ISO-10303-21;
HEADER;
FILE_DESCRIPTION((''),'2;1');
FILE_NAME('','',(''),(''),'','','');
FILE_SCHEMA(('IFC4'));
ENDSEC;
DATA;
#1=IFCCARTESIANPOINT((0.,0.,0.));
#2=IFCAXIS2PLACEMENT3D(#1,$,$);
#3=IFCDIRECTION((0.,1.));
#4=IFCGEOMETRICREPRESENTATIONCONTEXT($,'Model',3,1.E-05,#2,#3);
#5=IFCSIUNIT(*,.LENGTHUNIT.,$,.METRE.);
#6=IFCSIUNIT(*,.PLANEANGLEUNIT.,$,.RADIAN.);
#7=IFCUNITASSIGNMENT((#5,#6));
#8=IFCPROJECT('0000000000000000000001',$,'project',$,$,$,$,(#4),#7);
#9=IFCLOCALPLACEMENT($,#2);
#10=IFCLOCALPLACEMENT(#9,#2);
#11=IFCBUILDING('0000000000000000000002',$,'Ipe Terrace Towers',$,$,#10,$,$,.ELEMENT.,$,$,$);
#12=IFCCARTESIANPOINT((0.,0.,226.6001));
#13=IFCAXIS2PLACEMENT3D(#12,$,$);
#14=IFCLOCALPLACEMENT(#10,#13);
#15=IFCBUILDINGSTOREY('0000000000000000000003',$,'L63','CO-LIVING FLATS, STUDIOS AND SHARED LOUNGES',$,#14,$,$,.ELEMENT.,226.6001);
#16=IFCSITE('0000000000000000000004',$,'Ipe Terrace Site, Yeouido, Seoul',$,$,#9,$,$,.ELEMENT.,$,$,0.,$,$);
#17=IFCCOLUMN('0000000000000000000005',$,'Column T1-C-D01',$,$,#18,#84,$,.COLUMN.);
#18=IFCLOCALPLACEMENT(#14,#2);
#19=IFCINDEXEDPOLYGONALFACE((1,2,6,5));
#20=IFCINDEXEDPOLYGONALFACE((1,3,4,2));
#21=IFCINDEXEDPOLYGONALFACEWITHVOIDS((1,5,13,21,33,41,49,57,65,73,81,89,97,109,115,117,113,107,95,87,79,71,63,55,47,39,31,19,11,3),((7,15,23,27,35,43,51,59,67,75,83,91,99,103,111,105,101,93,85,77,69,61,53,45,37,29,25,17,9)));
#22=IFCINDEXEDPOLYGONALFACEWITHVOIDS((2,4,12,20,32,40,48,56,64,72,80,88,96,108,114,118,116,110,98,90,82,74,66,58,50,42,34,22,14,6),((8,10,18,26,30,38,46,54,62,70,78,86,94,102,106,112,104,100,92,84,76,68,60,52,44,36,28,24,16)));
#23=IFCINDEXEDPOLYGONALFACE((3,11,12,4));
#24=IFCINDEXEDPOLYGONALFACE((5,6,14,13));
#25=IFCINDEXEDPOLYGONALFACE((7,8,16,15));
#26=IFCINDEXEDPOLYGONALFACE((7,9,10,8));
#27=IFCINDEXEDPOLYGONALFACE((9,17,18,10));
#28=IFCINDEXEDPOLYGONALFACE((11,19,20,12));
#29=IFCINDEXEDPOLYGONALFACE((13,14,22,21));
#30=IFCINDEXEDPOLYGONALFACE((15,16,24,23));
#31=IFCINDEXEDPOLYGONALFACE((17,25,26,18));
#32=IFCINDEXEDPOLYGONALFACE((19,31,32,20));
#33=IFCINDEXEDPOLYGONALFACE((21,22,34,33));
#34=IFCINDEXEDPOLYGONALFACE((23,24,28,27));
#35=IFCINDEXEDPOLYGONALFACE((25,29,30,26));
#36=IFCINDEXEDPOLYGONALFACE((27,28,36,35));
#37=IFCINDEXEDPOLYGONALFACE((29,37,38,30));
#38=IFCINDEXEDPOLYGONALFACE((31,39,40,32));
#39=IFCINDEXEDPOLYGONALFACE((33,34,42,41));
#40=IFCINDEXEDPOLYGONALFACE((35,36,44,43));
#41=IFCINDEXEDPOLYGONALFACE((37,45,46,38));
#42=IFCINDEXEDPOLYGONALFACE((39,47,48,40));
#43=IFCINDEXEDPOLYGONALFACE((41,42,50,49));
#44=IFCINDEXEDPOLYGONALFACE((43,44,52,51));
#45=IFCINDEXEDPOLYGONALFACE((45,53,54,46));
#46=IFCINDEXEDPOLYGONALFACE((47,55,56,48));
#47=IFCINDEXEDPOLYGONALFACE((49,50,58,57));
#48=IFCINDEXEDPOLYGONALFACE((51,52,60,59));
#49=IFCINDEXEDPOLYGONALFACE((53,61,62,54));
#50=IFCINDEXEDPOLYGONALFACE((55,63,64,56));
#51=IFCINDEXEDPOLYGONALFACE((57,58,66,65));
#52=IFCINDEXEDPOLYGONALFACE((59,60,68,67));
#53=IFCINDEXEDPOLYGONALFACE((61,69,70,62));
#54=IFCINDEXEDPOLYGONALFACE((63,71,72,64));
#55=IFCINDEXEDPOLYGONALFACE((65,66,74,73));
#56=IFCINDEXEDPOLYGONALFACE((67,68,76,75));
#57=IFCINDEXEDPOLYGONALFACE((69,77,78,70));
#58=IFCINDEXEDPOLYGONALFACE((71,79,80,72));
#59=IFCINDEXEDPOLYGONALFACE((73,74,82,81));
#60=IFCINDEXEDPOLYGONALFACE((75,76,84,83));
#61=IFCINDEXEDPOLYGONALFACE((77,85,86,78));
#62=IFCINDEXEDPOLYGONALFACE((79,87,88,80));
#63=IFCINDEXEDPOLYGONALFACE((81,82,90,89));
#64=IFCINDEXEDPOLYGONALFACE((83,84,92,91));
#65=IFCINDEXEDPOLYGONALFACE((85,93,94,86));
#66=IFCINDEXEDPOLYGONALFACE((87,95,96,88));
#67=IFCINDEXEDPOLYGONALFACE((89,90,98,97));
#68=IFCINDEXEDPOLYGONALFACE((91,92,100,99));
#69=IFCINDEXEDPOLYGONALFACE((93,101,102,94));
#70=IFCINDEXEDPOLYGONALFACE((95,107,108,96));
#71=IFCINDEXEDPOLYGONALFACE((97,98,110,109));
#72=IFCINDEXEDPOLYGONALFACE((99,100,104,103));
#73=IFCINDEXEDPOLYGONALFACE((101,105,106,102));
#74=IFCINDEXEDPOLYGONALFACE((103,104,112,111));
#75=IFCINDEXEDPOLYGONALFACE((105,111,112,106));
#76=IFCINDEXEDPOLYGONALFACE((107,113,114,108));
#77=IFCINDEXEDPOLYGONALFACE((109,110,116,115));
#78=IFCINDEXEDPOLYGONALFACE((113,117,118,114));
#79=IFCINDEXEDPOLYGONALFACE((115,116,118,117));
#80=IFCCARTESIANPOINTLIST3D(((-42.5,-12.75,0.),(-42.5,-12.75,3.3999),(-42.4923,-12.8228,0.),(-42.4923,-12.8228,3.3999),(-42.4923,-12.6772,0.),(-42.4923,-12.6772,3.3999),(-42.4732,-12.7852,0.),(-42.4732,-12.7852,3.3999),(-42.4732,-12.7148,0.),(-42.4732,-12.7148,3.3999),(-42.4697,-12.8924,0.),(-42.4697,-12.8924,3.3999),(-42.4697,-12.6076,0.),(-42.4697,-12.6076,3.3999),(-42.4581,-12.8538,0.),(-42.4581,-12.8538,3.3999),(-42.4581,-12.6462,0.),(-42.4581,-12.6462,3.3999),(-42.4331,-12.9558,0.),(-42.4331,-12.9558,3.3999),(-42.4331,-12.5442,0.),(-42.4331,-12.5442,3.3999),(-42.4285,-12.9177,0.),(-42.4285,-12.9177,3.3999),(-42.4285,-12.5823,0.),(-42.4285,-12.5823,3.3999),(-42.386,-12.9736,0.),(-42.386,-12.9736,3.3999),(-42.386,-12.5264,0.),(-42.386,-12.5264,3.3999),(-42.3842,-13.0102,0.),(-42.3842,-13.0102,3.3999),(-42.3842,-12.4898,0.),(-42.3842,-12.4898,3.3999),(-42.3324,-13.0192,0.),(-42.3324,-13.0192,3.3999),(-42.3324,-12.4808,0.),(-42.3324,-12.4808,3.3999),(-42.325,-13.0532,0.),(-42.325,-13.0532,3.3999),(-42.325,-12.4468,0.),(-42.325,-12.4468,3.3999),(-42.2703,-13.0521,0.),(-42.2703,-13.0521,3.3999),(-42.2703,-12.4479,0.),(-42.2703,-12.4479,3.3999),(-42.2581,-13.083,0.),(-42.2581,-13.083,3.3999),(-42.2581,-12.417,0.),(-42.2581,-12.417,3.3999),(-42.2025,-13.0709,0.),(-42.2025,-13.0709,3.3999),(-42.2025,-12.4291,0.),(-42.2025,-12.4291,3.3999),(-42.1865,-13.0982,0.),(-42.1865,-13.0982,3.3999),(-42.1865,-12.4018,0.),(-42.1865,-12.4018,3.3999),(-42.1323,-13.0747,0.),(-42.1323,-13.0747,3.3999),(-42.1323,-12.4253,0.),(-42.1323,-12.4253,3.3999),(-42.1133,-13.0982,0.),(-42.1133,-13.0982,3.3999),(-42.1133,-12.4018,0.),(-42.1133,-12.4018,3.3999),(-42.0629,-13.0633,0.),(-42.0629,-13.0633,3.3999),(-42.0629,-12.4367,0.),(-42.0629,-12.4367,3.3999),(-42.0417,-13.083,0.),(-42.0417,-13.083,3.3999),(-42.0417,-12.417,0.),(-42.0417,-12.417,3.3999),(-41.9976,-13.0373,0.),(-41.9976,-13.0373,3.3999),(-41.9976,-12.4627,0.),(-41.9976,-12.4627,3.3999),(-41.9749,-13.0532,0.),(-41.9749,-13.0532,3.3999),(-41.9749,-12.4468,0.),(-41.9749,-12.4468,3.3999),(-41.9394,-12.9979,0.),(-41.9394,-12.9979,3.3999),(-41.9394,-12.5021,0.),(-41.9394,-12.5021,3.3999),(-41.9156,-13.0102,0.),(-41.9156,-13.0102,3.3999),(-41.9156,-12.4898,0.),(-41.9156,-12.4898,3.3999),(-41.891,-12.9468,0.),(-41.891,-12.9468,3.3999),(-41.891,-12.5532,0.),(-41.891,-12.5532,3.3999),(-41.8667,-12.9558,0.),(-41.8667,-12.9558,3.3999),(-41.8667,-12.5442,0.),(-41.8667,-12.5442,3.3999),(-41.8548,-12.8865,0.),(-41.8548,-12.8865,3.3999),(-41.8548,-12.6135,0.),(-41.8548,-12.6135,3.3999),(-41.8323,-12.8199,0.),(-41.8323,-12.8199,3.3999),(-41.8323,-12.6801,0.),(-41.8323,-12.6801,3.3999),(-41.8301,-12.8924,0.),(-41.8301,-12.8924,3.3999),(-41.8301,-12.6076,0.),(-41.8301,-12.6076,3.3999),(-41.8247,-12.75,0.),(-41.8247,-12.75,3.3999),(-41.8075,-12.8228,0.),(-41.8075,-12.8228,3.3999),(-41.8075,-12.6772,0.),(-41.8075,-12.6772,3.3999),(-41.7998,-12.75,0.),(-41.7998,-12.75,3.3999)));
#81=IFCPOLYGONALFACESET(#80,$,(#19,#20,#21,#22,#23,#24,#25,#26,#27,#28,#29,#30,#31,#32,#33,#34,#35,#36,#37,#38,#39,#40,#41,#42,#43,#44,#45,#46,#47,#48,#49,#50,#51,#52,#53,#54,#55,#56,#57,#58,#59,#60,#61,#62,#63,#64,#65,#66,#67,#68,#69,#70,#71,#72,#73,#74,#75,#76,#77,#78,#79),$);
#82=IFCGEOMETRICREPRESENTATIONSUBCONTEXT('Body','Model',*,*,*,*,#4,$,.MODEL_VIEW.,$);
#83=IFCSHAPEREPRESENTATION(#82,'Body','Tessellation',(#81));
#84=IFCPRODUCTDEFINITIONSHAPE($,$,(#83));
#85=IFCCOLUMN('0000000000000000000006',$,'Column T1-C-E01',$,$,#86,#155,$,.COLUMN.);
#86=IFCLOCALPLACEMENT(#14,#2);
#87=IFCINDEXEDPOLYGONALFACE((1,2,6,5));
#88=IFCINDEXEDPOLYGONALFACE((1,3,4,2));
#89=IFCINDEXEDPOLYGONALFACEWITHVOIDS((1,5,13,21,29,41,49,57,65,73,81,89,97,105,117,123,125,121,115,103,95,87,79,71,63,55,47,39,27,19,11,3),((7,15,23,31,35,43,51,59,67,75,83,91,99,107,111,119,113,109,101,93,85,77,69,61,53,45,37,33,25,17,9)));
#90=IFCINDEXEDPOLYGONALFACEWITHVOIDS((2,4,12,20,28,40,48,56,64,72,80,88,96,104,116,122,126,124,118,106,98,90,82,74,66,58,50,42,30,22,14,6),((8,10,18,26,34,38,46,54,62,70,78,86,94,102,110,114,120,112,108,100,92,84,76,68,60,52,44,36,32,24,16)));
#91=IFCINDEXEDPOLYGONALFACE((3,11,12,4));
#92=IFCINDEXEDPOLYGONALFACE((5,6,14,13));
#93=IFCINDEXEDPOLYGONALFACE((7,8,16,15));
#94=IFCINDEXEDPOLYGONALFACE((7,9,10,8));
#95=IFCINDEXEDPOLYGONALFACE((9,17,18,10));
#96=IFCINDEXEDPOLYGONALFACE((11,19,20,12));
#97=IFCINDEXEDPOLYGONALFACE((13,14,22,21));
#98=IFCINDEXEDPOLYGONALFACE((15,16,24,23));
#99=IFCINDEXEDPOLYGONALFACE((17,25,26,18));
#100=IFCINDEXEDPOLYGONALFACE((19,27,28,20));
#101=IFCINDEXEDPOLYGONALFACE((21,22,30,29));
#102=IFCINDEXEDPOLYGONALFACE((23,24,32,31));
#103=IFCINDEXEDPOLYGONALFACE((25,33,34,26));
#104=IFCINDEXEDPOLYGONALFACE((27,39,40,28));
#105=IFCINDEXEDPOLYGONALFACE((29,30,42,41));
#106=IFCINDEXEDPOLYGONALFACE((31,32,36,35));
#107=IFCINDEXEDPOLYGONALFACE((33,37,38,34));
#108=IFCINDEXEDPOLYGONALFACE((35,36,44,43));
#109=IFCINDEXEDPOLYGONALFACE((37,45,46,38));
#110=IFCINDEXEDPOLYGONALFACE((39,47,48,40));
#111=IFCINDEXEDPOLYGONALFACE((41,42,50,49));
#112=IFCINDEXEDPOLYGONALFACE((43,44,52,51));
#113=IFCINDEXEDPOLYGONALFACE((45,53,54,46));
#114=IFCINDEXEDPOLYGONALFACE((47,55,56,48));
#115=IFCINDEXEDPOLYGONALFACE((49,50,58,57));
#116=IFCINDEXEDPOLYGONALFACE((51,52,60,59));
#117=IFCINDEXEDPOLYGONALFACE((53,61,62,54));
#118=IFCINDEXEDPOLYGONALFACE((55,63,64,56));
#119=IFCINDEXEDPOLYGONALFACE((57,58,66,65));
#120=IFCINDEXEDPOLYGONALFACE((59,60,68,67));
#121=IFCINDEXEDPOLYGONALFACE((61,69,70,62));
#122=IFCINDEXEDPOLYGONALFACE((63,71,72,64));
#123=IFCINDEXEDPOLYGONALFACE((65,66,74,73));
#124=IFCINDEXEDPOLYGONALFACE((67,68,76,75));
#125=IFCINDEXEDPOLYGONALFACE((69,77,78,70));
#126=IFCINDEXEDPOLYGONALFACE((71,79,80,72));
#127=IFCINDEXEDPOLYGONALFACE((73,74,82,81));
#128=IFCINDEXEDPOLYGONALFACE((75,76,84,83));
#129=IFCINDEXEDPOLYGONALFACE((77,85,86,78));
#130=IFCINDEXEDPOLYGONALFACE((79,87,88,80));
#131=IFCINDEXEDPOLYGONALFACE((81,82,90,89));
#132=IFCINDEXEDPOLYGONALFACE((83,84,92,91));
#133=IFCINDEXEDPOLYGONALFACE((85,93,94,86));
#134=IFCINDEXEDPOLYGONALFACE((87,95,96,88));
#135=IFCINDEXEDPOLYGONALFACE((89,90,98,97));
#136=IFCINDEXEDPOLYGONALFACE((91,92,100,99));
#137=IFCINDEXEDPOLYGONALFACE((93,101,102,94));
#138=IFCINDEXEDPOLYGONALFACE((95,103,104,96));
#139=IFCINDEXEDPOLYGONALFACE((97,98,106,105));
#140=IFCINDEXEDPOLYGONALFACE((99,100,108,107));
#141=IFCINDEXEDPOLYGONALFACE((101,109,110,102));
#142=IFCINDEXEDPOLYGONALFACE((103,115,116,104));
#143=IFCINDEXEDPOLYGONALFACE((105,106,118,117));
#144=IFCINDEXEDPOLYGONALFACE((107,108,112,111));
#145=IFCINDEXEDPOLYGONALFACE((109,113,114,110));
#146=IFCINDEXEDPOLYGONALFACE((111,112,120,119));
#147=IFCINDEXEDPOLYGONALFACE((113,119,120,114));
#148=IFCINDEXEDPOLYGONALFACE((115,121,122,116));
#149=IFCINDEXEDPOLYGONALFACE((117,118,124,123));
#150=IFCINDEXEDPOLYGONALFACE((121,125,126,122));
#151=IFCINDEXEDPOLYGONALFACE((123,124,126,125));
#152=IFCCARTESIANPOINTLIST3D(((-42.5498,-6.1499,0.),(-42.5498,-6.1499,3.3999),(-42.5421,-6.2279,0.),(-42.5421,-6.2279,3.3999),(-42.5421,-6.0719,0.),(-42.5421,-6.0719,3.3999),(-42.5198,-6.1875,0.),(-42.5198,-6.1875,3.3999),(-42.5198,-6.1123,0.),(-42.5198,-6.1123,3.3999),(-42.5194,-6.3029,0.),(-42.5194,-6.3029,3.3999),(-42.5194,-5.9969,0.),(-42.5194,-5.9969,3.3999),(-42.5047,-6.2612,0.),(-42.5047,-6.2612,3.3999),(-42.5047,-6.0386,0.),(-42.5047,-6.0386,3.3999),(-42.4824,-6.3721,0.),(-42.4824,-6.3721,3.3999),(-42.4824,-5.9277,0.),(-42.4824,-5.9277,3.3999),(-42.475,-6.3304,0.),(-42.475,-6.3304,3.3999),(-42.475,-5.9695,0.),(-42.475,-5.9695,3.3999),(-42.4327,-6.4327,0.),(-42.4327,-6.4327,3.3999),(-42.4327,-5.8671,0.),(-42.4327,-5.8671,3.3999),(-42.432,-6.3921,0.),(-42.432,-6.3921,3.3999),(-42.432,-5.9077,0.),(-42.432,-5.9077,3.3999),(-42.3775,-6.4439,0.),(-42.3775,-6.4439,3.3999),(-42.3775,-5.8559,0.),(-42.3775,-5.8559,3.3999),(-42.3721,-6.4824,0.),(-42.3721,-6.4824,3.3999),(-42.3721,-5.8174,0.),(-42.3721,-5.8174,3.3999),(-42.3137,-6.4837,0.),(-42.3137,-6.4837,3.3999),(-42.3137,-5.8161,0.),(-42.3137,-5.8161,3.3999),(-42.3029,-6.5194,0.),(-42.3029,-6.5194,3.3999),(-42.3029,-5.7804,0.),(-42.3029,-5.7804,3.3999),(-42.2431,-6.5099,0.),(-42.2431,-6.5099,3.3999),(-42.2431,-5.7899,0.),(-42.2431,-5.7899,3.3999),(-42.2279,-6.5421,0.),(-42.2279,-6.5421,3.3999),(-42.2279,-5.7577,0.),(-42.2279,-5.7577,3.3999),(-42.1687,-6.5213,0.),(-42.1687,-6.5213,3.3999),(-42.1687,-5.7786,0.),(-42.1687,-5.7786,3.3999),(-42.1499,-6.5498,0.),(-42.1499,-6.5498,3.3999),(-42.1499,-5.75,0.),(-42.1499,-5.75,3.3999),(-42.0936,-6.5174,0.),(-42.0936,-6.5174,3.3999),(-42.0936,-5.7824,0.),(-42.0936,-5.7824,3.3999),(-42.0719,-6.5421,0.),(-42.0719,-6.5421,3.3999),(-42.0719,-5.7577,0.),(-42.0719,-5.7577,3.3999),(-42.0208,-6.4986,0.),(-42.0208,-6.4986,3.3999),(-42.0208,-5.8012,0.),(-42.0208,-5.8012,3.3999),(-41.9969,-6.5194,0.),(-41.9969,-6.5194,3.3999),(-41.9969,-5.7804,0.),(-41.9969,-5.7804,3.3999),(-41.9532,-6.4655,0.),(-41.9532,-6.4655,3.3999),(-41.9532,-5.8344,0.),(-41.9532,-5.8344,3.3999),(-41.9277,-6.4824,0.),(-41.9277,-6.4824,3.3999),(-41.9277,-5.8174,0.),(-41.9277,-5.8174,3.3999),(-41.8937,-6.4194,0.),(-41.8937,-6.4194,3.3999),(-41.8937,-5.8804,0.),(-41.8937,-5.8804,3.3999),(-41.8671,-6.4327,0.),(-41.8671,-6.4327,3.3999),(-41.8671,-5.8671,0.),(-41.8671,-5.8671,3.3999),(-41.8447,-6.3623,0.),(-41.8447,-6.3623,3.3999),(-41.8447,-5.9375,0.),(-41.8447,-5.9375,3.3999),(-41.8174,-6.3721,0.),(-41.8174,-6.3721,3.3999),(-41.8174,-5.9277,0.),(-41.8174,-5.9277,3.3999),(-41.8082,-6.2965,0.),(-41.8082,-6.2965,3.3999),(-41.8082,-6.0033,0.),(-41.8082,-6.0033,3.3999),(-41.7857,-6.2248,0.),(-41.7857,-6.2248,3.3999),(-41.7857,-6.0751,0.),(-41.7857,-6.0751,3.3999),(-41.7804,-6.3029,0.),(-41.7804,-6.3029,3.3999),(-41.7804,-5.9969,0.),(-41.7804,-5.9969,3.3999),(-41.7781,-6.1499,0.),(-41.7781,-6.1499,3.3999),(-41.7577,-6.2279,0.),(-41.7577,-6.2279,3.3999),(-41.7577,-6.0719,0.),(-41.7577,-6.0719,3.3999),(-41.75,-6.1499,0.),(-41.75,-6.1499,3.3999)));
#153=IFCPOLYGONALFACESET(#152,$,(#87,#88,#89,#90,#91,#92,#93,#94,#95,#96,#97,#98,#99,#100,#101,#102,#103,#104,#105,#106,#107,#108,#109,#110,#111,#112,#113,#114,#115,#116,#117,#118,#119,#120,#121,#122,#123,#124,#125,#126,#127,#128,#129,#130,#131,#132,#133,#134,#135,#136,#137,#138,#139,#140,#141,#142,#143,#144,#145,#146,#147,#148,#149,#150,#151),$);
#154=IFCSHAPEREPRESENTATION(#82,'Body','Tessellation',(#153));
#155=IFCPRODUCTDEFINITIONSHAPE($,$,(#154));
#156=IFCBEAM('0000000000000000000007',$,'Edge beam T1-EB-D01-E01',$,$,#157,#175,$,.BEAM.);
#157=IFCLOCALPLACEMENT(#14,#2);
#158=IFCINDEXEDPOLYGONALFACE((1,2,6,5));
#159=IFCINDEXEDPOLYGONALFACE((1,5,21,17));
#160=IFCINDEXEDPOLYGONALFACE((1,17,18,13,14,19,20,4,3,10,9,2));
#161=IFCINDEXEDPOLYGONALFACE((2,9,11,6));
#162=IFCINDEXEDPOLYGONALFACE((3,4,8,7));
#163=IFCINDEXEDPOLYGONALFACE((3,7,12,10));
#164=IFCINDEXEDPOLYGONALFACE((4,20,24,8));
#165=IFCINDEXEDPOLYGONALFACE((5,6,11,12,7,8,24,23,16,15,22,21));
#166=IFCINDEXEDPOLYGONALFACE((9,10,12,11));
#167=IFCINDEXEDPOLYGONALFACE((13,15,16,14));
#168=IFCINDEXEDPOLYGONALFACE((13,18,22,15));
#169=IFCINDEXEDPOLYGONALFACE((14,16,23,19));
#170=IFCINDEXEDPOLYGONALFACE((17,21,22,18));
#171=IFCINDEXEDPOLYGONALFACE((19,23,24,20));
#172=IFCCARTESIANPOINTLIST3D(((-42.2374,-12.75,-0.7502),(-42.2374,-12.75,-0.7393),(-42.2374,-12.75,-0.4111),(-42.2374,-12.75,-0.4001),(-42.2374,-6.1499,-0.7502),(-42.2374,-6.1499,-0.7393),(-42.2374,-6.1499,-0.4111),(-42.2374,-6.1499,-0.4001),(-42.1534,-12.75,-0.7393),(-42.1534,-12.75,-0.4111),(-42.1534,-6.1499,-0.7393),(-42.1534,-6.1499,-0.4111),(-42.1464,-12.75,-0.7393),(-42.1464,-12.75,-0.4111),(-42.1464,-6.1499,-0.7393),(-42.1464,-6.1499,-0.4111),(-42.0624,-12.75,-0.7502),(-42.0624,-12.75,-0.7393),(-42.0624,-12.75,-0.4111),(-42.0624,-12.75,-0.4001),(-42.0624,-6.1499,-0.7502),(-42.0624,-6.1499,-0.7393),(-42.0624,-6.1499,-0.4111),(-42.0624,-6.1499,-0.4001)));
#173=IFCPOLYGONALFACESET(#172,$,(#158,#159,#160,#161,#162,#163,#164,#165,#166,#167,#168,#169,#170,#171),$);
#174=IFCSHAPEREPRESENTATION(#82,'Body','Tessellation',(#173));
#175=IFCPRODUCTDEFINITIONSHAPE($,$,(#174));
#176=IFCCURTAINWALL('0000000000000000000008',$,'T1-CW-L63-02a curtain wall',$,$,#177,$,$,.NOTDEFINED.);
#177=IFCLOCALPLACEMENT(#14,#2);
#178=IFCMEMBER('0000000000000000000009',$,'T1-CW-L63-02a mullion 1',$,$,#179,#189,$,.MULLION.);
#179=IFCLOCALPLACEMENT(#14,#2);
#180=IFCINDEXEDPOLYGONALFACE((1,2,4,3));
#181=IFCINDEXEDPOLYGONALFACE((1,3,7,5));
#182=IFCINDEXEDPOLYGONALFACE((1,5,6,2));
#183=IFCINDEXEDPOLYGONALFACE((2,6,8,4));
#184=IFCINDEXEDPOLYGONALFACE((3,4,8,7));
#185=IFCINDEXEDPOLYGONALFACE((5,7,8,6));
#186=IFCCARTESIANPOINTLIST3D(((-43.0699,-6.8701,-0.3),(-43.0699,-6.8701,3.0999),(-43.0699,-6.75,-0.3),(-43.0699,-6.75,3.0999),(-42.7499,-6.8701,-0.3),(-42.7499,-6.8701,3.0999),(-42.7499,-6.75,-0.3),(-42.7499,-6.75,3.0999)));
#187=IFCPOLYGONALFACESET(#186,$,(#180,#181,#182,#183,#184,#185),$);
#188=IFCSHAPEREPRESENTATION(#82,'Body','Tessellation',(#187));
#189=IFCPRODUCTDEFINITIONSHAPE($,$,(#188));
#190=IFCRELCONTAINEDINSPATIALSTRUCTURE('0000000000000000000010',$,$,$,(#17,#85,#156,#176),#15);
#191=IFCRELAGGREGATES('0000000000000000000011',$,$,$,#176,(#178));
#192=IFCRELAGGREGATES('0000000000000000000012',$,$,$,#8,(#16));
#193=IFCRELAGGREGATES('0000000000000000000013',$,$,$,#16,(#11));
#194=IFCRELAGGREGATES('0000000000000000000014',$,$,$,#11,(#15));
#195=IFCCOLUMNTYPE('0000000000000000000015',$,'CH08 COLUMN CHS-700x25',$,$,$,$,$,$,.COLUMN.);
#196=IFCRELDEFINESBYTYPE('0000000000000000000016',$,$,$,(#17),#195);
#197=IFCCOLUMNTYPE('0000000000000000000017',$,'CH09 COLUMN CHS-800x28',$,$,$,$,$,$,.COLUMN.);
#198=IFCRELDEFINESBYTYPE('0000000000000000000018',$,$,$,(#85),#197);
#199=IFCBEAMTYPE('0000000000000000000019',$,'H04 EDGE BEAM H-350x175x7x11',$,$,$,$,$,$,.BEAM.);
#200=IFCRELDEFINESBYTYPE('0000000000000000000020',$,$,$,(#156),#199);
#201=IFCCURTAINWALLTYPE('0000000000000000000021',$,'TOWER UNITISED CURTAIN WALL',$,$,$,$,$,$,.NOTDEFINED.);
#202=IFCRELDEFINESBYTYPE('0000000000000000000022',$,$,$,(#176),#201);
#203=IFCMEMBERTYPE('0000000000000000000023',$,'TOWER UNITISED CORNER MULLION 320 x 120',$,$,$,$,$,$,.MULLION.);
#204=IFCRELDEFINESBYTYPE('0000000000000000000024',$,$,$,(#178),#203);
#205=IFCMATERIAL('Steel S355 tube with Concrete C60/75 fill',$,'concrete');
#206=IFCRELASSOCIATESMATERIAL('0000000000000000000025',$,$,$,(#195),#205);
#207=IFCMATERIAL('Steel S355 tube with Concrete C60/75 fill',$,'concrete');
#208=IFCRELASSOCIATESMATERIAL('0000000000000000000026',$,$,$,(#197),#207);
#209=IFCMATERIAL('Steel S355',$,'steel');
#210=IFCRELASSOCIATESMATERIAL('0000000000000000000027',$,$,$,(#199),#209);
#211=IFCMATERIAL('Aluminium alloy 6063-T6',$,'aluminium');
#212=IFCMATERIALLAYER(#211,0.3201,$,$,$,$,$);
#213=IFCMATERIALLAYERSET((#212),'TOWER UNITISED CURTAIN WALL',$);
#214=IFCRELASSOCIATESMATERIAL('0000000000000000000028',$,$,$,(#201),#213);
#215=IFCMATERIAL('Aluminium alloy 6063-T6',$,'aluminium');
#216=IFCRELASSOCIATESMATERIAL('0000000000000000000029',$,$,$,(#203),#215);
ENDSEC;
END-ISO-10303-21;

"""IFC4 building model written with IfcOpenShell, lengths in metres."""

from ifc_helpers import new_model, si_unit, direction, frame, origin, origin_2d, place, context, subcontext, project, spatial, rectangle, hollow_circle, i_section, extrude, material, layer, layer_set, material_profile, profile_set, type_object, element, aggregate, save


model = new_model("IFC4")

# Units and contexts
model_context = context("Model", 3, precision=1e-05, world=origin(), true_north=direction((0.0, 1.0)))
body_context = subcontext(model_context, "Body", "Model", "MODEL_VIEW")
ifc_project = project(units=[si_unit("LENGTHUNIT", "METRE"), si_unit("PLANEANGLEUNIT", "RADIAN")], contexts=[model_context])

# Site, building, storey
site_placement = place(None, origin())
site = spatial("IfcSite", under=ifc_project, at=site_placement, Name="Ipe Terrace Site, Yeouido, Seoul", CompositionType="ELEMENT", RefElevation=0.0)
building_placement = place(site_placement, origin())
building = spatial("IfcBuilding", under=site, at=building_placement, Name="Ipe Terrace Towers", CompositionType="ELEMENT")
storey_placement = place(building_placement, frame((0.0, 0.0, 226.6001)))
storey = spatial("IfcBuildingStorey", under=building, at=storey_placement, Name="L63", Description="CO-LIVING FLATS, STUDIOS AND SHARED LOUNGES", CompositionType="ELEMENT", Elevation=226.6001)

# Columns
ifc_material_1 = material(Name="Steel S355 tube with Concrete C60/75 fill", Category="concrete")
ifc_material_profile_1 = material_profile(ifc_material_1, hollow_circle(Radius=0.3501, WallThickness=0.0249, at=origin_2d()), Name="CHS-700x25")
ifc_profile_set_1 = profile_set([ifc_material_profile_1], Name="Steel S355 tube with Concrete C60/75 fill")
column_type_1 = type_object("IfcColumnType", Name="CH08 COLUMN CHS-700x25", PredefinedType="COLUMN", material=ifc_profile_set_1)
column_1_placement = place(storey_placement, frame((-42.1499, -12.75, 0.0), z_axis=(0.0, 0.0, 1.0), x_axis=(1.0, 0.0, 0.0)))
element("IfcColumn", 1, at=column_1_placement, inside=storey, type_object=column_type_1, Name="Column T1-C-D01", PredefinedType="COLUMN", context=body_context, shape_type="SweptSolid", body=[
    extrude(hollow_circle(Radius=0.3501, WallThickness=0.0249, at=origin_2d()), origin(), (0.0, 0.0, 1.0), 3.3999),
])
ifc_material_2 = material(Name="Steel S355 tube with Concrete C60/75 fill", Category="concrete")
ifc_material_profile_2 = material_profile(ifc_material_2, hollow_circle(Radius=0.3999, WallThickness=0.0281, at=origin_2d()), Name="CHS-800x28")
ifc_profile_set_2 = profile_set([ifc_material_profile_2], Name="Steel S355 tube with Concrete C60/75 fill")
column_type_2 = type_object("IfcColumnType", Name="CH09 COLUMN CHS-800x28", PredefinedType="COLUMN", material=ifc_profile_set_2)
column_2_placement = place(storey_placement, frame((-42.1499, -6.1499, 0.0), z_axis=(0.0, 0.0, 1.0), x_axis=(1.0, 0.0, 0.0)))
element("IfcColumn", 2, at=column_2_placement, inside=storey, type_object=column_type_2, Name="Column T1-C-E01", PredefinedType="COLUMN", context=body_context, shape_type="SweptSolid", body=[
    extrude(hollow_circle(Radius=0.3999, WallThickness=0.0281, at=origin_2d()), origin(), (0.0, 0.0, 1.0), 3.3999),
])

# Beam
ifc_material_3 = material(Name="Steel S355", Category="steel")
ifc_material_profile_3 = material_profile(ifc_material_3, i_section(OverallWidth=0.175, OverallDepth=0.3501, WebThickness=0.0071, FlangeThickness=0.011, at=origin_2d()), Name="H-350x175x7x11")
ifc_profile_set_3 = profile_set([ifc_material_profile_3], Name="Steel S355")
beam_type = type_object("IfcBeamType", Name="H04 EDGE BEAM H-350x175x7x11", PredefinedType="BEAM", material=ifc_profile_set_3)
beam_placement = place(storey_placement, frame((-42.1499, -12.75, -0.5752), z_axis=(0.0, 1.0, 0.0), x_axis=(-1.0, 0.0, 0.0)))
element("IfcBeam", 3, at=beam_placement, inside=storey, type_object=beam_type, Name="Edge beam T1-EB-D01-E01", PredefinedType="BEAM", context=body_context, shape_type="SweptSolid", body=[
    extrude(i_section(OverallWidth=0.175, OverallDepth=0.3501, WebThickness=0.0071, FlangeThickness=0.011, at=origin_2d()), origin(), (0.0, 0.0, 1.0), 6.6001),
])

# Curtain wall, member
ifc_material_4 = material(Name="Aluminium alloy 6063-T6", Category="aluminium")
ifc_layer_1 = layer(ifc_material_4, 0.3201)
ifc_layer_set_1 = layer_set([ifc_layer_1], Name="TOWER UNITISED CURTAIN WALL")
curtain_wall_type = type_object("IfcCurtainWallType", Name="TOWER UNITISED CURTAIN WALL", PredefinedType="NOTDEFINED", material=ifc_layer_set_1)
curtain_wall_placement = place(storey_placement, origin())
curtain_wall = element("IfcCurtainWall", 4, at=curtain_wall_placement, inside=storey, type_object=curtain_wall_type, Name="T1-CW-L63-02a curtain wall", PredefinedType="NOTDEFINED")
ifc_material_5 = material(Name="Aluminium alloy 6063-T6", Category="aluminium")
ifc_material_profile_4 = material_profile(ifc_material_5, rectangle(XDim=0.3201, YDim=0.1201, at=origin_2d()), Name="TOWER UNITISED CORNER MULLION 320 x 120")
ifc_profile_set_4 = profile_set([ifc_material_profile_4], Name="Aluminium alloy 6063-T6")
member_type = type_object("IfcMemberType", Name="TOWER UNITISED CORNER MULLION 320 x 120", PredefinedType="MULLION", material=ifc_profile_set_4)
member_1_placement = place(storey_placement, frame((-42.9099, -6.8101, -0.3), z_axis=(0.0, 0.0, 1.0), x_axis=(-1.0, 0.0, 0.0)))
member_1 = element("IfcMember", 5, at=member_1_placement, type_object=member_type, Name="T1-CW-L63-02a mullion 1", PredefinedType="MULLION", context=body_context, shape_type="SweptSolid", body=[
    extrude(rectangle(XDim=0.3201, YDim=0.1201, at=origin_2d()), origin(), (0.0, 0.0, 1.0), 3.3999),
])
aggregate(curtain_wall, [member_1])

save(model, "model.ifc")
